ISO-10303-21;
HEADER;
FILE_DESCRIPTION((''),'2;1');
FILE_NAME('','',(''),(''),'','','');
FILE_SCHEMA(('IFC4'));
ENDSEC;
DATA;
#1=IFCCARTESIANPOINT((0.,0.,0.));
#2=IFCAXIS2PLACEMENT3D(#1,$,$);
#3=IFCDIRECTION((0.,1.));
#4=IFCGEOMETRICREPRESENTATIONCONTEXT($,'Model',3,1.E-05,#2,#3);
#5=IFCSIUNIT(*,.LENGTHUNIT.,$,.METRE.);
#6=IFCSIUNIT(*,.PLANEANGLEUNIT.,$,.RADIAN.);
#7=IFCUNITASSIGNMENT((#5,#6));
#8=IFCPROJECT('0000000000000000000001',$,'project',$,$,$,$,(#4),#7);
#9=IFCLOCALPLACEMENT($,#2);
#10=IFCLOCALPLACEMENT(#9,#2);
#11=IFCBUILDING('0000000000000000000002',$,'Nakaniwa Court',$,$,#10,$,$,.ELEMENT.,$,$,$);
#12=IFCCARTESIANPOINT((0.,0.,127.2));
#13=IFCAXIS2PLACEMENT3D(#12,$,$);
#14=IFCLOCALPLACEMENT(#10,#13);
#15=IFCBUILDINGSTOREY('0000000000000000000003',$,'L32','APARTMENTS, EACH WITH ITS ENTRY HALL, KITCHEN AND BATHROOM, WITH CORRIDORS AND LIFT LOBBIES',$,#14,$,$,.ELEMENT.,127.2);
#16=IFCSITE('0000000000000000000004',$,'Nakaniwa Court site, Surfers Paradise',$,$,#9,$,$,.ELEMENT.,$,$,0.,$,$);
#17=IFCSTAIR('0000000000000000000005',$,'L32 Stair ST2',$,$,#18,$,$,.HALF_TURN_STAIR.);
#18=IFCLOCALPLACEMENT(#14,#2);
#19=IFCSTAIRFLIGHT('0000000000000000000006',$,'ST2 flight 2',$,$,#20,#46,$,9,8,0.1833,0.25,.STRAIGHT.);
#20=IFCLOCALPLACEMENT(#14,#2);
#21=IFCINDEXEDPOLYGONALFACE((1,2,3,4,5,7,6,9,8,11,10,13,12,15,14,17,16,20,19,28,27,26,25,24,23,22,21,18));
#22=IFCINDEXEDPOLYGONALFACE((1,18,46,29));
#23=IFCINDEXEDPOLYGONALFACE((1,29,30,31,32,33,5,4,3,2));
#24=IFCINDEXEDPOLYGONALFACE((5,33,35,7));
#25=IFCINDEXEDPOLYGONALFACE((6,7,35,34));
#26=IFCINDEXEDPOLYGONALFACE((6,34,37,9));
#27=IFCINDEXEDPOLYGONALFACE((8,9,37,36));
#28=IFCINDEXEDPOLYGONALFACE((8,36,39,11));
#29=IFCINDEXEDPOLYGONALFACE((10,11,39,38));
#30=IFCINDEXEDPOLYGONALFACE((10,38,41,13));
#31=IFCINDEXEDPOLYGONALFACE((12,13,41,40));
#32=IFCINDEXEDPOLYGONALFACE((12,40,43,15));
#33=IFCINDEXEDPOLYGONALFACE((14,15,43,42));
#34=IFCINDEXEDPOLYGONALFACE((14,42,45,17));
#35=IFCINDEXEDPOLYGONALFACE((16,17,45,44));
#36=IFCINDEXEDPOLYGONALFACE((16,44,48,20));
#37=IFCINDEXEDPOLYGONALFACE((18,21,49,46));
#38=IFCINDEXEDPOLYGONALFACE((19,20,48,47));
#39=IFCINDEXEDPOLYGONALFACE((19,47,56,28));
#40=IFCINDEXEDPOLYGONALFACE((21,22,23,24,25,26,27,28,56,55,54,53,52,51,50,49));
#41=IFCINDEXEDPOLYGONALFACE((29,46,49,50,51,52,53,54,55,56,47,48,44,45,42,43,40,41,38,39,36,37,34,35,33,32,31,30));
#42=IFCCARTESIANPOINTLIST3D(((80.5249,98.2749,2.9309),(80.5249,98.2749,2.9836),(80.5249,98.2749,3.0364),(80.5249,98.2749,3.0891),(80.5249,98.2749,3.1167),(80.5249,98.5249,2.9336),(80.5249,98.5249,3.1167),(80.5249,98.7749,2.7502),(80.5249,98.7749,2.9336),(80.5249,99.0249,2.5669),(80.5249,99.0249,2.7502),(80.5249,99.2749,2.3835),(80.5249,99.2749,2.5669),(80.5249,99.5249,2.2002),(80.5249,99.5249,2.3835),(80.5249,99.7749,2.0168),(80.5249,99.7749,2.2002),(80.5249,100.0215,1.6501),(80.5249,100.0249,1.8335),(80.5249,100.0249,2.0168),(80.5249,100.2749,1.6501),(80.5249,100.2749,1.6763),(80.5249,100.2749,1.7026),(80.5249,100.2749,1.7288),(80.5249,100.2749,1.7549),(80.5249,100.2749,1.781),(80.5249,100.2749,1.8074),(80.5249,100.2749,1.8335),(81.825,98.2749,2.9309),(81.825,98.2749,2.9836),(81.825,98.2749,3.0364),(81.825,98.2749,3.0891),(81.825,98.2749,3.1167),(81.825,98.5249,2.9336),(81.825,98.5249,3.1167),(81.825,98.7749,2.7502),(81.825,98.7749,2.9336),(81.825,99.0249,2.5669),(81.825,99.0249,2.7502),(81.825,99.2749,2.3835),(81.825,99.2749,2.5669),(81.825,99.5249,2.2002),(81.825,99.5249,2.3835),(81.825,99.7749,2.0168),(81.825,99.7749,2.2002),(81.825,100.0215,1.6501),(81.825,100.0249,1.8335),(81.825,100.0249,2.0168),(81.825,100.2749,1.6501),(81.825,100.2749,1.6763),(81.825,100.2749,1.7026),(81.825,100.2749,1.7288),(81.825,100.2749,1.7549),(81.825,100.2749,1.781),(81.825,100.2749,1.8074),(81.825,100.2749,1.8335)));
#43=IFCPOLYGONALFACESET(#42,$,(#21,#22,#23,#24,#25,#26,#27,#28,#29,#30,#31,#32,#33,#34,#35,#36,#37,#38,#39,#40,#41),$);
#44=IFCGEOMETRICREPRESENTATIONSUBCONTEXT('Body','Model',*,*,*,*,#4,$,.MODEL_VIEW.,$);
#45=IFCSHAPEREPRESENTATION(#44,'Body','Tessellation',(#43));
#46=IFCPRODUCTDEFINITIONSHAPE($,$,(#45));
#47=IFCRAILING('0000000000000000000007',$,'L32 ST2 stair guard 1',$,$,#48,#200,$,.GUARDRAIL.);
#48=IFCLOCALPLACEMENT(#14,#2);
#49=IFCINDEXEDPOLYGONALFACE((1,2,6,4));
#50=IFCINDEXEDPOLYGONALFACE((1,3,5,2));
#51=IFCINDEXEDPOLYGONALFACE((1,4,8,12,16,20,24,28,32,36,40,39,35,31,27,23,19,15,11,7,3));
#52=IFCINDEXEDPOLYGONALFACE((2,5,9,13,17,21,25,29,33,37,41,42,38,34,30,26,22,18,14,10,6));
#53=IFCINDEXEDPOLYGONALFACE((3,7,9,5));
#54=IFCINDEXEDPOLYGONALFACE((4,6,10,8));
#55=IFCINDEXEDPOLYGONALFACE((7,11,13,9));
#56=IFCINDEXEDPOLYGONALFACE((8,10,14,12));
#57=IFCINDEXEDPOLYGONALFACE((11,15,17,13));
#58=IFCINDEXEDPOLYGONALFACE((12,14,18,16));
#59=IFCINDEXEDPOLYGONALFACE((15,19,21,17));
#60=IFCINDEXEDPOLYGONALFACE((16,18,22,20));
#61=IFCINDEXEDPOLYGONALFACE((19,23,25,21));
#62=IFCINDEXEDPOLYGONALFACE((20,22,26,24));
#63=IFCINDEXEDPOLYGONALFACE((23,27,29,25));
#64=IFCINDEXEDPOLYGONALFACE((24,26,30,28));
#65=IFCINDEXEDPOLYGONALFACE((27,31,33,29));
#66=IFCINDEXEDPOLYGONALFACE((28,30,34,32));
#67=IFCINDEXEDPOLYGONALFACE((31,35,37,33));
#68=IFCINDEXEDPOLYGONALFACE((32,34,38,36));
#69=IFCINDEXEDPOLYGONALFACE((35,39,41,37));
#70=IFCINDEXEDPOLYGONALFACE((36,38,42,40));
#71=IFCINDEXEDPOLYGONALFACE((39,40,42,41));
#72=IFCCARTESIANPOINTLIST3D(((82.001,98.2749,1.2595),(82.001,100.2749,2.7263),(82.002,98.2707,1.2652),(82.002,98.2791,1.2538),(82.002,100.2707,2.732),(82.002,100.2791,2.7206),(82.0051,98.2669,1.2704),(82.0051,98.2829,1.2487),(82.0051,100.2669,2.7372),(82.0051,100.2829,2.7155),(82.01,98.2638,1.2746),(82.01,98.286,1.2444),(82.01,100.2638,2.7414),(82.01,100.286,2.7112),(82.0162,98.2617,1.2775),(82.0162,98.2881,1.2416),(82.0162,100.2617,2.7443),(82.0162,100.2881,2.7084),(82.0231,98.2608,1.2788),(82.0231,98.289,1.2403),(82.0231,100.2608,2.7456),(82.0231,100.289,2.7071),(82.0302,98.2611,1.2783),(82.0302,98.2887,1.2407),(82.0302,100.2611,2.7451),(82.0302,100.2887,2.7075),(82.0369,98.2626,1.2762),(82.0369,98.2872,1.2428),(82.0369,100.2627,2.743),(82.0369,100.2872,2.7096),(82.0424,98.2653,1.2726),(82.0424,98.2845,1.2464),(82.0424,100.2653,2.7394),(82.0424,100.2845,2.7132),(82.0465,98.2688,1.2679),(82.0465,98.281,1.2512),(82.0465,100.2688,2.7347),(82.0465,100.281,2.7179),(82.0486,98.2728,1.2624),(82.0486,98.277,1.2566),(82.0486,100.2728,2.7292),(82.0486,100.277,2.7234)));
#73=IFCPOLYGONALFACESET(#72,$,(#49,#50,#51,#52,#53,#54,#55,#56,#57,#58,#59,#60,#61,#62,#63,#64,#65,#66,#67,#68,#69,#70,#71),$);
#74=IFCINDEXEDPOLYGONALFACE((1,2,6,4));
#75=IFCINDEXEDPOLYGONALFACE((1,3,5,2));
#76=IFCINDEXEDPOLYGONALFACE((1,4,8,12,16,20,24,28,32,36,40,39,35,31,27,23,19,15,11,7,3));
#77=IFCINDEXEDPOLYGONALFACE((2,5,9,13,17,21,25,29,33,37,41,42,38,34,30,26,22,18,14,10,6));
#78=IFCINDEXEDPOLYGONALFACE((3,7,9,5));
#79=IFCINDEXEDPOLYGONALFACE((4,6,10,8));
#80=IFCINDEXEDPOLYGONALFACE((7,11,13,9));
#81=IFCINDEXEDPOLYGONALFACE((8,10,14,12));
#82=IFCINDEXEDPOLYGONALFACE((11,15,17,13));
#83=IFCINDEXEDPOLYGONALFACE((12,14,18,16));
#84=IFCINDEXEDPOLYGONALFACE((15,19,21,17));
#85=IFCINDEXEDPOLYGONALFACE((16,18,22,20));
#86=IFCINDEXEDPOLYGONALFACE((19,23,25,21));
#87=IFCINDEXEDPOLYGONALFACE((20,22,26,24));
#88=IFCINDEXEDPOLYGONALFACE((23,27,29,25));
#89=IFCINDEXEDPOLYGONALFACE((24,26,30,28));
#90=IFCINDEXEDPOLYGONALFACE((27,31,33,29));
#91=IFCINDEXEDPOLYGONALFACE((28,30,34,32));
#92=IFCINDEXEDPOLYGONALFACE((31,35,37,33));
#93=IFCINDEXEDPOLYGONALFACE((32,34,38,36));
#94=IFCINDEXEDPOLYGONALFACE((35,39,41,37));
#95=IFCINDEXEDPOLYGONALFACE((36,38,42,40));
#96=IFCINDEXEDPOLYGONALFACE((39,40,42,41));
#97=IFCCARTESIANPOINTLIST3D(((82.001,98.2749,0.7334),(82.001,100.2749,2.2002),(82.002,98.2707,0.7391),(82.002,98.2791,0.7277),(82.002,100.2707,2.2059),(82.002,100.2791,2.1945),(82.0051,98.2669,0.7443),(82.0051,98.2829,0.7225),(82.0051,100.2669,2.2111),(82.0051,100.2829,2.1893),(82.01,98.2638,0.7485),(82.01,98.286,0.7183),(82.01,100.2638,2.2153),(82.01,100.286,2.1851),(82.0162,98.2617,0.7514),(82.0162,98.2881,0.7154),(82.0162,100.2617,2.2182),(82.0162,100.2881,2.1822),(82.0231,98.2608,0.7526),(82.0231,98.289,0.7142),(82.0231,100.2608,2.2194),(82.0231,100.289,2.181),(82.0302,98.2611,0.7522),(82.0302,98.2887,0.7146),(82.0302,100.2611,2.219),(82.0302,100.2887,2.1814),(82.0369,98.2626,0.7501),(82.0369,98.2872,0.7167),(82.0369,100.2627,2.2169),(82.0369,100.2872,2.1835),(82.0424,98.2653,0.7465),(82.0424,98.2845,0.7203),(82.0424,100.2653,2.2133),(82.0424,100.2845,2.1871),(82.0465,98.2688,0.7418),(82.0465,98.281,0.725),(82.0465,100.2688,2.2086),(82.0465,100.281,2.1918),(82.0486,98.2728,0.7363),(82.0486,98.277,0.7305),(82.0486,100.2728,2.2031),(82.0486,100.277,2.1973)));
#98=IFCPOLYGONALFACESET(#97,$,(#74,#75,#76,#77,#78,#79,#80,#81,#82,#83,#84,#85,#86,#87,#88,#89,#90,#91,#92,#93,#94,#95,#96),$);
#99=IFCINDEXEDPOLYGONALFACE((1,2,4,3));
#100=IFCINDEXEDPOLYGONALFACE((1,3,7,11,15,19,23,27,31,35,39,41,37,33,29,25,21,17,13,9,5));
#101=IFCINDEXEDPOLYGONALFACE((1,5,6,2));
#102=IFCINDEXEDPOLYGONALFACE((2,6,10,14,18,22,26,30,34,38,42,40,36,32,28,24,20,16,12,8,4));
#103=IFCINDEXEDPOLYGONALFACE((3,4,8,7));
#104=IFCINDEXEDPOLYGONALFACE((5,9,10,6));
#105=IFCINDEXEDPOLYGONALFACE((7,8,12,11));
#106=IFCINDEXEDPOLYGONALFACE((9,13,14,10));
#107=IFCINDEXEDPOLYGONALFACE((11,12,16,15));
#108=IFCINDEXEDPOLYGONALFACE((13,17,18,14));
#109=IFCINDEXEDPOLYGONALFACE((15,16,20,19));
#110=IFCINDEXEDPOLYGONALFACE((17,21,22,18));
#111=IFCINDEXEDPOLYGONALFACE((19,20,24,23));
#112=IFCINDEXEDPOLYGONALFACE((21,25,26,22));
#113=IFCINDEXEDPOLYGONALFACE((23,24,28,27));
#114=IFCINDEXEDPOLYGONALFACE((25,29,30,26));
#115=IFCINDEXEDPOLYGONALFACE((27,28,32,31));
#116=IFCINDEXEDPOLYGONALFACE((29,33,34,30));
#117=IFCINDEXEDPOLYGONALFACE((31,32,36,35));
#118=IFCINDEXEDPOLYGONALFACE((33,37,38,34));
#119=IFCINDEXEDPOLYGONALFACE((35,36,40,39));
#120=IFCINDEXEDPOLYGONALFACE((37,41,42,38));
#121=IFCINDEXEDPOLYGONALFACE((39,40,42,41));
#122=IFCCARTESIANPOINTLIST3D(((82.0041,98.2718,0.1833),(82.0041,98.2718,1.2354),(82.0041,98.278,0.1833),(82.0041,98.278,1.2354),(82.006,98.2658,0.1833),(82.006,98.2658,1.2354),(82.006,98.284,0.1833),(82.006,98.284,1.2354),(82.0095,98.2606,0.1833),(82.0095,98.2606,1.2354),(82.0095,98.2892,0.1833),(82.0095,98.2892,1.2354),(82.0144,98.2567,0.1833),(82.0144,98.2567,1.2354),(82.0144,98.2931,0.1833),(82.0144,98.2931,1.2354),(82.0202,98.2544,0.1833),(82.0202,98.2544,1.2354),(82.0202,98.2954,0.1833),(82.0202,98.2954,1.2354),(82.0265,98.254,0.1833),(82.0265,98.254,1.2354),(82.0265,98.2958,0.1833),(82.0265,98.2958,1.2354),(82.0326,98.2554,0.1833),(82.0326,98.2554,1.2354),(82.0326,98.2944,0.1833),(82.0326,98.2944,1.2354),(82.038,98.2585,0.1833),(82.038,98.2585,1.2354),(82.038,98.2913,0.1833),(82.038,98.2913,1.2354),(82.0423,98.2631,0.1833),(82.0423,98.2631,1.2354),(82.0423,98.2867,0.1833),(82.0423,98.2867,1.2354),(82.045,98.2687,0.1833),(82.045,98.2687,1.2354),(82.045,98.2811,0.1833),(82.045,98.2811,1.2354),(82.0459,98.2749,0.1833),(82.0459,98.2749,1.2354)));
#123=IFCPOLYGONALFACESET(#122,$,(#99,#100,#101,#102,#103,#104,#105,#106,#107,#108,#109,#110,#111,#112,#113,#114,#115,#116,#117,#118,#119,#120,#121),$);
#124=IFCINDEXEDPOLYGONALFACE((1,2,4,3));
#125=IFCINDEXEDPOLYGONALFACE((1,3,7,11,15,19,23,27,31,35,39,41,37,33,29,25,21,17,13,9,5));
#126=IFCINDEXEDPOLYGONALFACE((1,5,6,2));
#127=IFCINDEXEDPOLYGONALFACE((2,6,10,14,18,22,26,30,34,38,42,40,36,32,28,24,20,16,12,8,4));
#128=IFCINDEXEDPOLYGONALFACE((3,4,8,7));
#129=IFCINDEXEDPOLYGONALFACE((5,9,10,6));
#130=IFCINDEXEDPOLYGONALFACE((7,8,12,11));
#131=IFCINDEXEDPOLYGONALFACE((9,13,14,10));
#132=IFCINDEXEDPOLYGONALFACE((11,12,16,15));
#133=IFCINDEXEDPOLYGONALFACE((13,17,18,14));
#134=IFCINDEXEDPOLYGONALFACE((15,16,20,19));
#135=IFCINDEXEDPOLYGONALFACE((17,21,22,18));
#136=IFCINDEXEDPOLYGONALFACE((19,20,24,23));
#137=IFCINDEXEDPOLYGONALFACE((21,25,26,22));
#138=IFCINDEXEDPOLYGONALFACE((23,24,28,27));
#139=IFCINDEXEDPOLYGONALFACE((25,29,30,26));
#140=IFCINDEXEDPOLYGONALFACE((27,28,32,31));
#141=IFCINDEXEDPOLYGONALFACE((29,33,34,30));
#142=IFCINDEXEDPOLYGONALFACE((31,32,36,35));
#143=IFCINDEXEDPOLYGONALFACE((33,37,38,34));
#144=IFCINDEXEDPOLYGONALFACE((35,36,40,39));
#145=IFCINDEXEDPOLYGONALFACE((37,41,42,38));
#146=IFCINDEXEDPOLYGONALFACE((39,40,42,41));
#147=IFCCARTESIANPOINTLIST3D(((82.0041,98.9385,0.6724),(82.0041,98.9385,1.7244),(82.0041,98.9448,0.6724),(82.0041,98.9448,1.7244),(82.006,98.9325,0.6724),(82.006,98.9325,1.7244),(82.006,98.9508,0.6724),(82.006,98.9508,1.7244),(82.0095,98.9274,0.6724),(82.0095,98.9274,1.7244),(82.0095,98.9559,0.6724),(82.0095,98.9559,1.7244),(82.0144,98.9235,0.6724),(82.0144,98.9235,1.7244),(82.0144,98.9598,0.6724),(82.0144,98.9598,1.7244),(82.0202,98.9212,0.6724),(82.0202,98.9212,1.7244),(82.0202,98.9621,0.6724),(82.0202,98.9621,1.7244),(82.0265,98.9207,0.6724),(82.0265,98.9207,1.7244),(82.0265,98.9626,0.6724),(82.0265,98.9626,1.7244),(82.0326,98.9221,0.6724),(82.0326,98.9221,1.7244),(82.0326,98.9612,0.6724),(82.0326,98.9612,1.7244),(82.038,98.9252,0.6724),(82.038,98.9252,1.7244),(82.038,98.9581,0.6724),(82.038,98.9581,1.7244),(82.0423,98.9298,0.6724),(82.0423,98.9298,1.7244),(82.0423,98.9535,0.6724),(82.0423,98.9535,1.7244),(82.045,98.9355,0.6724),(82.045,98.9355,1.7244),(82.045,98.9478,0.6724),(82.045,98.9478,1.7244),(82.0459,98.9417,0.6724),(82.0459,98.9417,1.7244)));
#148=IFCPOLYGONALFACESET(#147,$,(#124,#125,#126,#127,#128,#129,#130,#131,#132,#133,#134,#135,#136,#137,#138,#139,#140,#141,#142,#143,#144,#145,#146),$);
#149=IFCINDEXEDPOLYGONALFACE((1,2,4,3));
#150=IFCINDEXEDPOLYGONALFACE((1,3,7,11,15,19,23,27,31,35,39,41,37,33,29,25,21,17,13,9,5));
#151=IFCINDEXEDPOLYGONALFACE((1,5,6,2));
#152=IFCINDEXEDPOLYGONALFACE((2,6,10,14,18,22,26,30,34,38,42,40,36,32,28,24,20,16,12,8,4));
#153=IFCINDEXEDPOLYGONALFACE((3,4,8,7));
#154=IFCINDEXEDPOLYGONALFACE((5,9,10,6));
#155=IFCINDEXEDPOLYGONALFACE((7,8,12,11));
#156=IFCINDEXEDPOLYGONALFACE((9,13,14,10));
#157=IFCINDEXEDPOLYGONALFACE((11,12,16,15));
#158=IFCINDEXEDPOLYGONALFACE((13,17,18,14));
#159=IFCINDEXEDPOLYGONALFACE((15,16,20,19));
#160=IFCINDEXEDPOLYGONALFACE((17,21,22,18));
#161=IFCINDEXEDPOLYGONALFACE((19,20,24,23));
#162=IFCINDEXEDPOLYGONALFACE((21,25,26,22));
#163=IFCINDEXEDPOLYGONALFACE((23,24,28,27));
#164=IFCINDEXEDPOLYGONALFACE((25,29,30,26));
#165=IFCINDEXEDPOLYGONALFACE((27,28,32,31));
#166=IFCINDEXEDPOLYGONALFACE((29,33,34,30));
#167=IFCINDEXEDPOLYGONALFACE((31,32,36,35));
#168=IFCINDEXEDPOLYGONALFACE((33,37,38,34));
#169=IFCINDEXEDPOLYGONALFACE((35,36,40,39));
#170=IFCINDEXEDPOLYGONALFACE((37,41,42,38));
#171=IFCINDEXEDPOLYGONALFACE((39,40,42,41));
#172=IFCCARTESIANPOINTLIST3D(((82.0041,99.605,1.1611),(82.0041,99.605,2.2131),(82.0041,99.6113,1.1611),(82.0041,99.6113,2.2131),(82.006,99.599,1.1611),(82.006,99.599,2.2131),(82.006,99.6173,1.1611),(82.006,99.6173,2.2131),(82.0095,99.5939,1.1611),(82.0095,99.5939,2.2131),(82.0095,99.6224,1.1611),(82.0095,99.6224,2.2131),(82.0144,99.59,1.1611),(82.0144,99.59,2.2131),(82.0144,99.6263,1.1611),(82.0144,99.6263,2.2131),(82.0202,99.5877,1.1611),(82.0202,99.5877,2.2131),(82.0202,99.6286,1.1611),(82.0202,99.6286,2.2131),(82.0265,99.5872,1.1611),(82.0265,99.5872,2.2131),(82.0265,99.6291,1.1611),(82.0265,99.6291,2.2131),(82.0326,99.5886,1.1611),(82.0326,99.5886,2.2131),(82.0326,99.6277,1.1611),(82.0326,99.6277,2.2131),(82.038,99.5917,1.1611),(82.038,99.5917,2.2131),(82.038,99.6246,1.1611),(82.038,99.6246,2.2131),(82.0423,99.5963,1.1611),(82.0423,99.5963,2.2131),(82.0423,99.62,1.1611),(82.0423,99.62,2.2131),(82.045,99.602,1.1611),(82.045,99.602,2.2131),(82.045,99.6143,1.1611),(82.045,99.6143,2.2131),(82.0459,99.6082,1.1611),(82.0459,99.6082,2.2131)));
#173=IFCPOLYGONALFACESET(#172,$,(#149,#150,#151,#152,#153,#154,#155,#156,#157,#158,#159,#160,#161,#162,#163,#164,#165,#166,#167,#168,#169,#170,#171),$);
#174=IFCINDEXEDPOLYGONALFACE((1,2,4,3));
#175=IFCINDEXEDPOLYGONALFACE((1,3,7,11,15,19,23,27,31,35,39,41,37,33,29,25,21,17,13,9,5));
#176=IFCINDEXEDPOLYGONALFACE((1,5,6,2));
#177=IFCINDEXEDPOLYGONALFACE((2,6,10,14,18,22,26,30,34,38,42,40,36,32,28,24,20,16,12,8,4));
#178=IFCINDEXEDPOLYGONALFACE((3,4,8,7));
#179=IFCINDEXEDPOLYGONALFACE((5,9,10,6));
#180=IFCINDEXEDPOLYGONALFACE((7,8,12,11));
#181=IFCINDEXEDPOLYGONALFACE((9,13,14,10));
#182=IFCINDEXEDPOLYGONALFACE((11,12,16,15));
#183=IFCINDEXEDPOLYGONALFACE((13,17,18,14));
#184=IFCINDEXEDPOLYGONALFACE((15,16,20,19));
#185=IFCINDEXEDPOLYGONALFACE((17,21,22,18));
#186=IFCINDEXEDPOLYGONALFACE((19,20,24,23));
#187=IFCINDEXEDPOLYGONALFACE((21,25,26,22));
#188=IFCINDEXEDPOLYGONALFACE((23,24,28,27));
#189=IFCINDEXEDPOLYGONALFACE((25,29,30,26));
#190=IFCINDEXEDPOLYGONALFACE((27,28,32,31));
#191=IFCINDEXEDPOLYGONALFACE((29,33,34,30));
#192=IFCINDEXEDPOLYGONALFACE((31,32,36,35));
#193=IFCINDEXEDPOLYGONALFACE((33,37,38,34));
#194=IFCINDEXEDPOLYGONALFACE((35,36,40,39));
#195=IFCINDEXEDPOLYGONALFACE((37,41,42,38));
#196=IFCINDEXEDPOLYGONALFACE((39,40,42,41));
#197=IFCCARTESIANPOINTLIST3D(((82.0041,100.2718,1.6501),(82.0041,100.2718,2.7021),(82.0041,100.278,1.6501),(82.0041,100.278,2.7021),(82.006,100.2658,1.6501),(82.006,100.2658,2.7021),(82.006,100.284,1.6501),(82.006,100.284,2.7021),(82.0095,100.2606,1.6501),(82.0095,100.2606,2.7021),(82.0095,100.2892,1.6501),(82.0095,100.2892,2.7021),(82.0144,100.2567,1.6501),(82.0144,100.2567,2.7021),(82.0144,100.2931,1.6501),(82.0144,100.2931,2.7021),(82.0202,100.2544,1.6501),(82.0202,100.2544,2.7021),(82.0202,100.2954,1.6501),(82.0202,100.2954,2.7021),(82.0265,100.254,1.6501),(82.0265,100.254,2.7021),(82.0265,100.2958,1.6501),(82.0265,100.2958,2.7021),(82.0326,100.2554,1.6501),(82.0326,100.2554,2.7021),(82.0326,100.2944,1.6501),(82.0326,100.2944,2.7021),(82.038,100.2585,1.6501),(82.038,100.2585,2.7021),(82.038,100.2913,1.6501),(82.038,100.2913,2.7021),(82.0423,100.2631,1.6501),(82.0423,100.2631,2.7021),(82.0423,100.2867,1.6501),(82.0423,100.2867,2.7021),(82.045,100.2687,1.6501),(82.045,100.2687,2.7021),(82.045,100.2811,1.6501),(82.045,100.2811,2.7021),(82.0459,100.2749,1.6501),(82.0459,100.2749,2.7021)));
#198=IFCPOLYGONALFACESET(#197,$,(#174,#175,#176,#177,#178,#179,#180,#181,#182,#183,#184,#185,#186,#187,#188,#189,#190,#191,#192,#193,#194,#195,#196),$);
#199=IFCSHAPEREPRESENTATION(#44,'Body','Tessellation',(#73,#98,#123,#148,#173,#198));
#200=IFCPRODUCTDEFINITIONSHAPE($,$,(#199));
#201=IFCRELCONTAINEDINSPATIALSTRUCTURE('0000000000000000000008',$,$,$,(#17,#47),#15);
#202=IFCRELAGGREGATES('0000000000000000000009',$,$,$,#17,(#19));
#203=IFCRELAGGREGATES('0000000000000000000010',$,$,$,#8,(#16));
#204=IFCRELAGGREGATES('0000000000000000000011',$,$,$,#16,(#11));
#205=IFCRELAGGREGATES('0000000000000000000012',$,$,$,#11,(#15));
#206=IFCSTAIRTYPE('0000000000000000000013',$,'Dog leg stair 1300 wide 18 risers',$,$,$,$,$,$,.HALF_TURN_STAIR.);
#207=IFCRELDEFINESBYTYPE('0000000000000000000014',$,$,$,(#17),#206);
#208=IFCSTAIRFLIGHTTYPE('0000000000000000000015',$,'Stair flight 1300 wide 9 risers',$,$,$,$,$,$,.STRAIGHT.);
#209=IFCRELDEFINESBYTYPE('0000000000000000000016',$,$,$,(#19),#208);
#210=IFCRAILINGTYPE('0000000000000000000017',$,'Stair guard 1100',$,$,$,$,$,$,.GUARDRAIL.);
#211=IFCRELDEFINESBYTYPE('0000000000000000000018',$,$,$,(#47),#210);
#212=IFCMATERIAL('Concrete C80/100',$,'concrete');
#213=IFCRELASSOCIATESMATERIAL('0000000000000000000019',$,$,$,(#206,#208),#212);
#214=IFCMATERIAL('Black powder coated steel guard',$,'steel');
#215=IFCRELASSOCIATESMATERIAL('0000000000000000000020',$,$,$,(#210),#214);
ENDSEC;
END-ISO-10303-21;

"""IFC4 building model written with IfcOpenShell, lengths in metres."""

from ifc_helpers import new_model, si_unit, direction, frame, origin, origin_2d, place, context, subcontext, project, spatial, polyline, circle, outline, extrude, material, type_object, element, aggregate, save


model = new_model("IFC4")

# Units and contexts
model_context = context("Model", 3, precision=1e-05, world=origin(), true_north=direction((0.0, 1.0)))
body_context = subcontext(model_context, "Body", "Model", "MODEL_VIEW")
ifc_project = project(units=[si_unit("LENGTHUNIT", "METRE"), si_unit("PLANEANGLEUNIT", "RADIAN")], contexts=[model_context])

# Site, building, storey
site_placement = place(None, origin())
site = spatial("IfcSite", under=ifc_project, at=site_placement, Name="Nakaniwa Court site, Surfers Paradise", CompositionType="ELEMENT", RefElevation=0.0)
building_placement = place(site_placement, origin())
building = spatial("IfcBuilding", under=site, at=building_placement, Name="Nakaniwa Court", CompositionType="ELEMENT")
storey_placement = place(building_placement, frame((0.0, 0.0, 127.2)))
storey = spatial("IfcBuildingStorey", under=building, at=storey_placement, Name="L32", Description="APARTMENTS, EACH WITH ITS ENTRY HALL, KITCHEN AND BATHROOM, WITH CORRIDORS AND LIFT LOBBIES", CompositionType="ELEMENT", Elevation=127.2)

# Shared definitions
ifc_material_1 = material(Name="Concrete C80/100", Category="concrete")

# Stair, stair flight
stair_type = type_object("IfcStairType", Name="Dog leg stair 1300 wide 18 risers", PredefinedType="HALF_TURN_STAIR", material=ifc_material_1)
stair_placement = place(storey_placement, origin())
stair = element("IfcStair", 1, at=stair_placement, inside=storey, type_object=stair_type, Name="L32 Stair ST2", PredefinedType="HALF_TURN_STAIR")
stair_flight_type = type_object("IfcStairFlightType", Name="Stair flight 1300 wide 9 risers", PredefinedType="STRAIGHT", material=ifc_material_1)
stair_flight_1_placement = place(storey_placement, frame((81.175, 100.2749, 1.6501), z_axis=(0.0, 0.0, 1.0), x_axis=(0.0, -1.0, 0.0)))
stair_flight_1 = element("IfcStairFlight", 2, at=stair_flight_1_placement, type_object=stair_flight_type, Name="ST2 flight 2", NumberOfRisers=9, NumberOfTreads=8, PredefinedType="STRAIGHT", RiserHeight=0.1833, TreadLength=0.25, context=body_context, shape_type="SweptSolid", body=[
    extrude(outline(polyline([(0.0, 0.0), (0.0, 0.0261), (0.0, 0.0525), (0.0, 0.0786), (0.0, 0.1047), (0.0, 0.1309), (0.0, 0.1572), (0.0, 0.1833), (0.25, 0.1833), (0.25, 0.3667), (0.5, 0.3667), (0.5, 0.55), (0.75, 0.55), (0.75, 0.7334), (1.0, 0.7334), (1.0, 0.9167), (1.25, 0.9167), (1.25, 1.1001), (1.5, 1.1001), (1.5, 1.2834), (1.75, 1.2834), (1.75, 1.4666), (2.0, 1.4666), (2.0, 1.6499), (2.0, 1.5972), (2.0, 1.5444), (2.0, 1.4917), (2.0, 1.439), (2.0, 1.3862), (2.0, 1.3335), (2.0, 1.2808), (0.2534, 0.0), (0.0, 0.0)])), frame((0.0, 0.6499, 0.0), z_axis=(0.0, -1.0, 0.0), x_axis=(1.0, 0.0, 0.0)), (0.0, 0.0, 1.0), 1.3),
])
aggregate(stair, [stair_flight_1])

# Railing
ifc_material_2 = material(Name="Black powder coated steel guard", Category="steel")
railing_type_1 = type_object("IfcRailingType", Name="Stair guard 1100", PredefinedType="GUARDRAIL", material=ifc_material_2)
railing_1_placement = place(storey_placement, frame((82.0249, 98.2749, 0.1833)))
element("IfcRailing", 3, at=railing_1_placement, inside=storey, type_object=railing_type_1, Name="L32 ST2 stair guard 1", PredefinedType="GUARDRAIL", context=body_context, shape_type="SweptSolid", body=[
    extrude(circle(Radius=0.0239, at=origin_2d()), frame((0.0, 0.0, 1.0762), z_axis=(0.0, 0.80638, 0.591398), x_axis=(-1.0, 0.0, 0.0)), (0.0, 0.0, 1.0), 2.4802),
    extrude(circle(Radius=0.0239, at=origin_2d()), frame((0.0, 0.0, 0.55), z_axis=(0.0, 0.80638, 0.591398), x_axis=(-1.0, 0.0, 0.0)), (0.0, 0.0, 1.0), 2.4802),
    extrude(circle(Radius=0.021, at=origin_2d()), origin(), (0.0, 0.0, 1.0), 1.052),
    extrude(circle(Radius=0.021, at=origin_2d()), frame((0.0, 0.6667, 0.489)), (0.0, 0.0, 1.0), 1.052),
    extrude(circle(Radius=0.021, at=origin_2d()), frame((0.0, 1.3333, 0.9778)), (0.0, 0.0, 1.0), 1.052),
    extrude(circle(Radius=0.021, at=origin_2d()), frame((0.0, 2.0, 1.4668)), (0.0, 0.0, 1.0), 1.052),
])

save(model, "model.ifc")
